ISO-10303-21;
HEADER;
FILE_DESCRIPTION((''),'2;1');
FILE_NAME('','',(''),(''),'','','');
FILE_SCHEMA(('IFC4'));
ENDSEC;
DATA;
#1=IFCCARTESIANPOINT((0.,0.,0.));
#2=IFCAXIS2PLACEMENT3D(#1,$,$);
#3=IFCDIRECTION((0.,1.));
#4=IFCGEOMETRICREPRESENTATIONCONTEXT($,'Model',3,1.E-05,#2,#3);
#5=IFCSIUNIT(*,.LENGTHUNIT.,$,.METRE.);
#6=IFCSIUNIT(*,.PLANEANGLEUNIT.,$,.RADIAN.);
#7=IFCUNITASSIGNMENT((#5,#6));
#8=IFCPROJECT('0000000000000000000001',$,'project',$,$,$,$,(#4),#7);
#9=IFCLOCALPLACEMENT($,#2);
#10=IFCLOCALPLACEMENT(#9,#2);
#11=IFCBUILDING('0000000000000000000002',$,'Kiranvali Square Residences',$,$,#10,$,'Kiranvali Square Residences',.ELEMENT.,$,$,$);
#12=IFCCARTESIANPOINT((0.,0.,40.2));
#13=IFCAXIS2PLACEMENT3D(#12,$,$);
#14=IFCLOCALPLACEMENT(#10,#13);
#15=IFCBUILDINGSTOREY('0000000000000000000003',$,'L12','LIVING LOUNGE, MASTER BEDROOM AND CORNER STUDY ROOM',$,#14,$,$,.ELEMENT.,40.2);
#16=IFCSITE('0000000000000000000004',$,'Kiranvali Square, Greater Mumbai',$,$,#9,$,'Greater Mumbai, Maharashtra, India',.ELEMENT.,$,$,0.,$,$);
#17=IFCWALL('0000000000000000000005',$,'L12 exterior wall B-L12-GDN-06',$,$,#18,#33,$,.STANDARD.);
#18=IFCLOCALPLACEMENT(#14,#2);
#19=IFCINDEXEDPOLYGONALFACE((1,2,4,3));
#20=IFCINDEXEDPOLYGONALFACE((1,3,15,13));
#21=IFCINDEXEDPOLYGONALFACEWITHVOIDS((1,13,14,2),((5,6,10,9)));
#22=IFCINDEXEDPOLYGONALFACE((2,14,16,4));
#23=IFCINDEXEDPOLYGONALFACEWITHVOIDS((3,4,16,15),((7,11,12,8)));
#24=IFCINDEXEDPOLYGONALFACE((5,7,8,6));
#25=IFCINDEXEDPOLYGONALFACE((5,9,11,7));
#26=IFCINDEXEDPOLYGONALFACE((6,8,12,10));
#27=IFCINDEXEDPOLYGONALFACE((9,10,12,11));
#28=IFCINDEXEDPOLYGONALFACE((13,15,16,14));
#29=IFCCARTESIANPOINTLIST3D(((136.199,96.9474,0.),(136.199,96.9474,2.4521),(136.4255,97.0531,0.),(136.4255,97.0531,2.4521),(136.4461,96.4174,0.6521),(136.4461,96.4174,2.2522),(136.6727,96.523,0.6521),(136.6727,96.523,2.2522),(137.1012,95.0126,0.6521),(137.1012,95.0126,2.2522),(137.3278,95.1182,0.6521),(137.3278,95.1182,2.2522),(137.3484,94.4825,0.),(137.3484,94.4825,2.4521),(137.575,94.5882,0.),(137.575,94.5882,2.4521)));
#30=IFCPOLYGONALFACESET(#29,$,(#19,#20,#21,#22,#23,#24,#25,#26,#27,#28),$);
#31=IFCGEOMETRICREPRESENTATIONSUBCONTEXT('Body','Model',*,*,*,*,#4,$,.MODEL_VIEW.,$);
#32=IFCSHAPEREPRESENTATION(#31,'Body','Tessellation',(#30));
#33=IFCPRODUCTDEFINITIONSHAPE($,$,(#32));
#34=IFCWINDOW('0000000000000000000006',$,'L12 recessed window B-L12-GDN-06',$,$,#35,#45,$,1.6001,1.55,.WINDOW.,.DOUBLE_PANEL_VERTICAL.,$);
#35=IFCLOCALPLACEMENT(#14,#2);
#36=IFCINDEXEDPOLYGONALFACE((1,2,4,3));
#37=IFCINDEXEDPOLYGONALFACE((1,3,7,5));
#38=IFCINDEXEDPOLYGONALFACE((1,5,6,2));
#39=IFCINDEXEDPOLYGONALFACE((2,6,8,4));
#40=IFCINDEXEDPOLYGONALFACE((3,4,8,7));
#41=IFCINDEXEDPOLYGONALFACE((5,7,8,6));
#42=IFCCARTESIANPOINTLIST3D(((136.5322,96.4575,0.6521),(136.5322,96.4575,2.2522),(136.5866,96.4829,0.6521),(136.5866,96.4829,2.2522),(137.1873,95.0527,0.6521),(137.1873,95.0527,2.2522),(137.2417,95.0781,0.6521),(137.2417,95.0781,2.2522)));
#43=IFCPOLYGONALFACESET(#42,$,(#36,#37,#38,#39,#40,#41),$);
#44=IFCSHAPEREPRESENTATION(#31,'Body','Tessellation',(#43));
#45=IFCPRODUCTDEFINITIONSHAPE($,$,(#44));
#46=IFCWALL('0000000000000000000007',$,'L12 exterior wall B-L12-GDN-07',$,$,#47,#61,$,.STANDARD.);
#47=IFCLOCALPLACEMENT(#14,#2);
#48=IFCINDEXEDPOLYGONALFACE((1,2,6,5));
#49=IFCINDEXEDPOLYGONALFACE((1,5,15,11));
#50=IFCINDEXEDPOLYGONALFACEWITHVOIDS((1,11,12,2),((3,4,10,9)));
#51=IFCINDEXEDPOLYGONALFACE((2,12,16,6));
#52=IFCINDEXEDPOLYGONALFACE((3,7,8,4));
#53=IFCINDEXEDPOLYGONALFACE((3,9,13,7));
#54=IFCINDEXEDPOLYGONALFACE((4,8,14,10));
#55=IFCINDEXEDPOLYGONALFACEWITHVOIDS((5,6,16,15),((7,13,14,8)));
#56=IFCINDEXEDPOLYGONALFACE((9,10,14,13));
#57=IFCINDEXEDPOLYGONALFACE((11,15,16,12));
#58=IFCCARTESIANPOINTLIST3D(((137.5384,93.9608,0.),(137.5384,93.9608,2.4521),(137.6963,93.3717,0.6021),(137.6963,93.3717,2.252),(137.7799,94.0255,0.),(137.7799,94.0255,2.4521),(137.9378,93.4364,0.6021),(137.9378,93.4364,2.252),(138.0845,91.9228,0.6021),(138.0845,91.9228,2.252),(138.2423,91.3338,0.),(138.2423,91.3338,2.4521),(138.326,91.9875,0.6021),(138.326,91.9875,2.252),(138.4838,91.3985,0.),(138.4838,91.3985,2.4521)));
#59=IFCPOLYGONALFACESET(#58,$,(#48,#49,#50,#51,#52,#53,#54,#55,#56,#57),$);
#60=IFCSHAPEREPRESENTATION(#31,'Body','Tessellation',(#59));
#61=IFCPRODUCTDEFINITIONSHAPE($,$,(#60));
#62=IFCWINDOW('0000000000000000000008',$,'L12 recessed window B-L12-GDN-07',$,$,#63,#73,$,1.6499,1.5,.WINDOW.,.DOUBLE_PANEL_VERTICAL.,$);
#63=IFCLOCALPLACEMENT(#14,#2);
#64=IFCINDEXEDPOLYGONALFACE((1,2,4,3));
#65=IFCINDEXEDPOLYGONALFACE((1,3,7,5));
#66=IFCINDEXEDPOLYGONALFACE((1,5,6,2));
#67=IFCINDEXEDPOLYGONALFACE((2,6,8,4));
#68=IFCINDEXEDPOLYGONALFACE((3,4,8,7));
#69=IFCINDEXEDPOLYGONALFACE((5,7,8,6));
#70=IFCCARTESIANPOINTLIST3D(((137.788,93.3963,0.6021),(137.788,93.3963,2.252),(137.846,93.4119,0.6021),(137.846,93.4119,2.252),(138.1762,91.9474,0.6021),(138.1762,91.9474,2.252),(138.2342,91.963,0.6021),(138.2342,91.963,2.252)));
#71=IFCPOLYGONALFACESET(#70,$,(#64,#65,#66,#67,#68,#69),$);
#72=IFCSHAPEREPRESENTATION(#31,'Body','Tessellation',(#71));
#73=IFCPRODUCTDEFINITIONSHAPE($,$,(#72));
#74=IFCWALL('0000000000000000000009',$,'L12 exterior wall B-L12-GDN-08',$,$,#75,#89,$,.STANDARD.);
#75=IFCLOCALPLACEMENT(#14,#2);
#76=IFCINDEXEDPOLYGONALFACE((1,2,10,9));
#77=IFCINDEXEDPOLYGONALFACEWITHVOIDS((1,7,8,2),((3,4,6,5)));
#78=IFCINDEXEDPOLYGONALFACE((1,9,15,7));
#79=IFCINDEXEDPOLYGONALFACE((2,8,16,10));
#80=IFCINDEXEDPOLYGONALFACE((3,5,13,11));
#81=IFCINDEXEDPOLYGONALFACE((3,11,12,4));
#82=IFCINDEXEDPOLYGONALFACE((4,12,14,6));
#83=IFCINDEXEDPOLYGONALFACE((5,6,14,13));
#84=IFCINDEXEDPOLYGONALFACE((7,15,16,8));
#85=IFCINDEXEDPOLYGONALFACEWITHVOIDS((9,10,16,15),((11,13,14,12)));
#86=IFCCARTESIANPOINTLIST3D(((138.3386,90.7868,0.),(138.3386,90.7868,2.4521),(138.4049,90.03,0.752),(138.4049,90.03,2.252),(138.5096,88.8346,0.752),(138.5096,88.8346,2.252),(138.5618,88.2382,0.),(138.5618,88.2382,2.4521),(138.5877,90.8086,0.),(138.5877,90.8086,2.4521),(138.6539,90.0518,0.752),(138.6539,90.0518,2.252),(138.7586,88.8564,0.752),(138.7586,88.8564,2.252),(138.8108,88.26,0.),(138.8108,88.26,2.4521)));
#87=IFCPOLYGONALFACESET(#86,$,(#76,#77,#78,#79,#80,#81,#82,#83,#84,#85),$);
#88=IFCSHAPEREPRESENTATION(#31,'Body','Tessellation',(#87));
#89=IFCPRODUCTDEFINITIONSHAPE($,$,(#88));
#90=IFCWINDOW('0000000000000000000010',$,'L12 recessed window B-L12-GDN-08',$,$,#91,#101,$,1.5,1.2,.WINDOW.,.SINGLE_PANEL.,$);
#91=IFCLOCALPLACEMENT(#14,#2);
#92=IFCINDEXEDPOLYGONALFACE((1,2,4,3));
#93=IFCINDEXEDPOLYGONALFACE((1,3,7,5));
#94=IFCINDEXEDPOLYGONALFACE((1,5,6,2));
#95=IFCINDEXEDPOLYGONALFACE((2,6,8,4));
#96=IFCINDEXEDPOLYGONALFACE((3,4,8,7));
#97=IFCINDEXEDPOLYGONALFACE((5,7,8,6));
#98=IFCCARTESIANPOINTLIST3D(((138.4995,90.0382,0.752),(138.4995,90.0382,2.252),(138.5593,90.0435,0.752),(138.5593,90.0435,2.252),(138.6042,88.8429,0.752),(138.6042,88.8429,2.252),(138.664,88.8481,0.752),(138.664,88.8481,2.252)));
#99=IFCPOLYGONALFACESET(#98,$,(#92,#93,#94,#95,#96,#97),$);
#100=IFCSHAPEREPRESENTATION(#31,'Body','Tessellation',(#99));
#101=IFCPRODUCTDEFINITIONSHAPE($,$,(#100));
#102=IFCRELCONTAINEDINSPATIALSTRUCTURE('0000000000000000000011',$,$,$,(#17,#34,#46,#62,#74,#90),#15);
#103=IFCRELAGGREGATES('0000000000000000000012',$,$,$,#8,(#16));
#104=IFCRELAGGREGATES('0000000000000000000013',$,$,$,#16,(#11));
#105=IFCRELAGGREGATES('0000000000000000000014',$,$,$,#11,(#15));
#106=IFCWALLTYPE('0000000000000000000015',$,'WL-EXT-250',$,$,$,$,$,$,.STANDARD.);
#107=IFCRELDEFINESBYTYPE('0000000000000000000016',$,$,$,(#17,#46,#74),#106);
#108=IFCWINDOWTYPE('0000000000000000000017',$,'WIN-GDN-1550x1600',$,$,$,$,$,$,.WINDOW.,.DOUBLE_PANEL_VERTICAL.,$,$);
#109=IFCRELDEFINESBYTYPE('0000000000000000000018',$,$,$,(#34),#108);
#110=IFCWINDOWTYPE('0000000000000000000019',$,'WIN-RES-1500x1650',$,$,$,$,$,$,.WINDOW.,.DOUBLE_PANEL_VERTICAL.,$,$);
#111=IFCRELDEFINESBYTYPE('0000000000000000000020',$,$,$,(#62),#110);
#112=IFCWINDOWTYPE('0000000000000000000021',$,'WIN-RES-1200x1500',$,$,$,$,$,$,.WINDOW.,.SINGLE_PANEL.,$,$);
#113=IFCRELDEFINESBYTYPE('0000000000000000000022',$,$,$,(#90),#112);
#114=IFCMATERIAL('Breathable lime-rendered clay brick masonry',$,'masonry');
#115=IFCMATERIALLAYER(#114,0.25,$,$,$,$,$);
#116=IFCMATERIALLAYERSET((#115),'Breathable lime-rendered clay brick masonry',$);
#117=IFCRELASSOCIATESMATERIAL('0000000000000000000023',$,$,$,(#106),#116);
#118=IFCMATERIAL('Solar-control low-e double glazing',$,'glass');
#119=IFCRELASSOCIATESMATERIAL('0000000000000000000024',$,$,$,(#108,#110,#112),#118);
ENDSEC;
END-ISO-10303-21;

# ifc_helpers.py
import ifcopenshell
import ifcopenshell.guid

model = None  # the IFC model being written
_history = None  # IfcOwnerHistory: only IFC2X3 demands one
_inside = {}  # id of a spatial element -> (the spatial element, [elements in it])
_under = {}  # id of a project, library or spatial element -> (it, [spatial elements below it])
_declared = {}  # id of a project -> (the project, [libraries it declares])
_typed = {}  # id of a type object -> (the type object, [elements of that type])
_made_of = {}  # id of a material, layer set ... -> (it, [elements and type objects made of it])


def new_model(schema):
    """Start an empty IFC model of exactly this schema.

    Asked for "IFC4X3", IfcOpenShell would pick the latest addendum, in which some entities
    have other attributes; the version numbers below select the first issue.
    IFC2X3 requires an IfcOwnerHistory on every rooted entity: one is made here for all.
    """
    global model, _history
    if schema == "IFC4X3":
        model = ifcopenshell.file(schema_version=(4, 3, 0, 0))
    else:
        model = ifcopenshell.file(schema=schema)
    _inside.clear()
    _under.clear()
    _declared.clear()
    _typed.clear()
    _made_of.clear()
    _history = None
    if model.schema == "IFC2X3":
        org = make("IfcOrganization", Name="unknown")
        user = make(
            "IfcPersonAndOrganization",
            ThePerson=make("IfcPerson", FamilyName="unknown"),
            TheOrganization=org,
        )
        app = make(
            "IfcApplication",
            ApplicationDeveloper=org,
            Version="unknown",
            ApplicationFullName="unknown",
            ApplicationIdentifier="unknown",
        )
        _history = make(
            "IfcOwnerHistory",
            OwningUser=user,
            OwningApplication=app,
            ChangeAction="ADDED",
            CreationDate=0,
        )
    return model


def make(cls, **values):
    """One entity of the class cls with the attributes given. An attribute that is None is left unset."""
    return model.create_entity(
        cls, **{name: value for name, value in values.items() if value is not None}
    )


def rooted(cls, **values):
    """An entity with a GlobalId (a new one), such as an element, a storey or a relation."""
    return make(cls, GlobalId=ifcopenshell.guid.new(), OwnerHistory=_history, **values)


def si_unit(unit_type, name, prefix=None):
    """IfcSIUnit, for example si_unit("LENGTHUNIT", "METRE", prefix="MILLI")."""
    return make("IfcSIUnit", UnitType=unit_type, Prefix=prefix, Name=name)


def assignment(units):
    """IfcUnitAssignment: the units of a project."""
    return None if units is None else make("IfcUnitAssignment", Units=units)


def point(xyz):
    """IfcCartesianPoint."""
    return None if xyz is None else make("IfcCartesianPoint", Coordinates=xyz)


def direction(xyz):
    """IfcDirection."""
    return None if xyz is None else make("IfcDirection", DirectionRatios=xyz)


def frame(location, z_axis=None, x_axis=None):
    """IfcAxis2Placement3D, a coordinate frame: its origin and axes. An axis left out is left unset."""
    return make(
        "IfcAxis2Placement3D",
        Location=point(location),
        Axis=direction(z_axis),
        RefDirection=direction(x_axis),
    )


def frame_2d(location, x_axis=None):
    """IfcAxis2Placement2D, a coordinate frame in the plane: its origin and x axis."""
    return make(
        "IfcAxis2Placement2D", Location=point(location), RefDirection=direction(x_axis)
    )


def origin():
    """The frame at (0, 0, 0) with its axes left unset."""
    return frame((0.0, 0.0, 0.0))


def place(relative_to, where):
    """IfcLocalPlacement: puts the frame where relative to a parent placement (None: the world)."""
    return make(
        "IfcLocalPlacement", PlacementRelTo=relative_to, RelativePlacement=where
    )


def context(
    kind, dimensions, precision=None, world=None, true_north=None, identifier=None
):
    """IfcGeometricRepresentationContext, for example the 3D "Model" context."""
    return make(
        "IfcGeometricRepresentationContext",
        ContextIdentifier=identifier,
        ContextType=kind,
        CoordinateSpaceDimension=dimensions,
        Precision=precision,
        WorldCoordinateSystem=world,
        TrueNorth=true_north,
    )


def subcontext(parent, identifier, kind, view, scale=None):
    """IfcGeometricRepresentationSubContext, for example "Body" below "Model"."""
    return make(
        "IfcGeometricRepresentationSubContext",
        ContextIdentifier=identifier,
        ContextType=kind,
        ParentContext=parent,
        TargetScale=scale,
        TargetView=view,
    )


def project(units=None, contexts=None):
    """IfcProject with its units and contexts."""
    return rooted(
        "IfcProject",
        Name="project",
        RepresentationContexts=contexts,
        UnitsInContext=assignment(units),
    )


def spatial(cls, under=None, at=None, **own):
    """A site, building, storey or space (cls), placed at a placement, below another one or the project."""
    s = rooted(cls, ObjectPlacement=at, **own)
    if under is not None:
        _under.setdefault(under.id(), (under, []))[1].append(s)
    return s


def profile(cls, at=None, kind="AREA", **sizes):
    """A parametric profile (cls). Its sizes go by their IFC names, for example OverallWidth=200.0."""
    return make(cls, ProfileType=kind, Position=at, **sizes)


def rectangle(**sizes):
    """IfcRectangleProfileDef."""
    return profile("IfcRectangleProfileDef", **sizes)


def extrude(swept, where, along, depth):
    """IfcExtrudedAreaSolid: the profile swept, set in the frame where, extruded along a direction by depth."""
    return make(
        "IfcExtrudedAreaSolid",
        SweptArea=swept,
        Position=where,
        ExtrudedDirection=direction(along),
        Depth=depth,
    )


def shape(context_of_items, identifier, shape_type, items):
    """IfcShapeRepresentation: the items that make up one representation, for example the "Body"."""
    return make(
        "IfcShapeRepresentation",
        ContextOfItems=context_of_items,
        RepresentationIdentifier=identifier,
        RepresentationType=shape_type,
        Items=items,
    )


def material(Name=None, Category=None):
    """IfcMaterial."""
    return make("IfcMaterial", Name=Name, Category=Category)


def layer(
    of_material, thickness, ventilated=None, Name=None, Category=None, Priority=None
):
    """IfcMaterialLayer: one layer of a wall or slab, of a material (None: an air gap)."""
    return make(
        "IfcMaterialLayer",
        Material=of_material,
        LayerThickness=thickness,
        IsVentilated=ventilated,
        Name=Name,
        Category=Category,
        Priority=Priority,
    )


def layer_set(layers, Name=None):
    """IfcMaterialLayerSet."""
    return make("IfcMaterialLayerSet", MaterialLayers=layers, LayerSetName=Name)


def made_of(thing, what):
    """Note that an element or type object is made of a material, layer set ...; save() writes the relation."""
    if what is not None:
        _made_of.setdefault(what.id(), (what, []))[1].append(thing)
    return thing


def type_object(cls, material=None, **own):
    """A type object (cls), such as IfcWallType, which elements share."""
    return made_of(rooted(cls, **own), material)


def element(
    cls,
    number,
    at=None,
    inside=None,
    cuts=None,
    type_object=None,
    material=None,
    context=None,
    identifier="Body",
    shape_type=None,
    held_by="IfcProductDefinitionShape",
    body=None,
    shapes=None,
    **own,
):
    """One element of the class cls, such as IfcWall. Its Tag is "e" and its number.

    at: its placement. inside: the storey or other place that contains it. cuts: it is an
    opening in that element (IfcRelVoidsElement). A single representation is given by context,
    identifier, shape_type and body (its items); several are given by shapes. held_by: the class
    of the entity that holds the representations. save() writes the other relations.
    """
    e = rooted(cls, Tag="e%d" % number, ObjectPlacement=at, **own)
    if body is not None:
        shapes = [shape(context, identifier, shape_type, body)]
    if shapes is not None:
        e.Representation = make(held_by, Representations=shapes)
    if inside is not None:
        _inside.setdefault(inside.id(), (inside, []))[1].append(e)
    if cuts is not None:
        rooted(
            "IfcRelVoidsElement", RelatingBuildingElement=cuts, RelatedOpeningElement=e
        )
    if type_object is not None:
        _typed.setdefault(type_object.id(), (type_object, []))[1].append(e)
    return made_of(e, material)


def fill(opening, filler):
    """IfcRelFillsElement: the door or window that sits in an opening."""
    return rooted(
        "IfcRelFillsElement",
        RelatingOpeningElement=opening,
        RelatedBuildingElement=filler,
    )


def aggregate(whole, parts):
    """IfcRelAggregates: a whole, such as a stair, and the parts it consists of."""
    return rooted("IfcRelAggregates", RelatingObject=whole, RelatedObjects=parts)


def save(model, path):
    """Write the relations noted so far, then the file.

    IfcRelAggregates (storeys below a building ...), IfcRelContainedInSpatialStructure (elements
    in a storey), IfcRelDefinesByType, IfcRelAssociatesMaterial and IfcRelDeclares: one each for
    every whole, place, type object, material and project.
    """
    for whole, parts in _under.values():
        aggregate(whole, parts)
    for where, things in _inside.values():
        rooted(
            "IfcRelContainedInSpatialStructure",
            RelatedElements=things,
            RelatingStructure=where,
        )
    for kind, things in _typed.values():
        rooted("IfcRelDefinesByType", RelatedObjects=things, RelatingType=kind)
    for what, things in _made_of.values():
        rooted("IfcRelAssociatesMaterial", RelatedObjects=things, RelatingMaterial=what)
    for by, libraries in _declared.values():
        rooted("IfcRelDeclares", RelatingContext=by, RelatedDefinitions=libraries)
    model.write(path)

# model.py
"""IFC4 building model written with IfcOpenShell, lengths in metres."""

from ifc_helpers import new_model, si_unit, direction, frame, frame_2d, origin, place, context, subcontext, project, spatial, rectangle, extrude, material, layer, layer_set, type_object, element, fill, save


model = new_model("IFC4")

# Units and contexts
model_context = context("Model", 3, precision=1e-05, world=origin(), true_north=direction((0.0, 1.0)))
body_context = subcontext(model_context, "Body", "Model", "MODEL_VIEW")
ifc_project = project(units=[si_unit("LENGTHUNIT", "METRE"), si_unit("PLANEANGLEUNIT", "RADIAN")], contexts=[model_context])

# Site, building, storey
site_placement = place(None, origin())
site = spatial("IfcSite", under=ifc_project, at=site_placement, Name="Kiranvali Square, Greater Mumbai", LongName="Greater Mumbai, Maharashtra, India", CompositionType="ELEMENT", RefElevation=0.0)
building_placement = place(site_placement, origin())
building = spatial("IfcBuilding", under=site, at=building_placement, Name="Kiranvali Square Residences", LongName="Kiranvali Square Residences", CompositionType="ELEMENT")
storey_placement = place(building_placement, frame((0.0, 0.0, 40.2)))
storey = spatial("IfcBuildingStorey", under=building, at=storey_placement, Name="L12", Description="LIVING LOUNGE, MASTER BEDROOM AND CORNER STUDY ROOM", CompositionType="ELEMENT", Elevation=40.2)

# Shared definitions
ifc_material_1 = material(Name="Breathable lime-rendered clay brick masonry", Category="masonry")
ifc_layer_1 = layer(ifc_material_1, 0.25)
ifc_layer_set_1 = layer_set([ifc_layer_1], Name="Breathable lime-rendered clay brick masonry")
wall_type_1 = type_object("IfcWallType", Name="WL-EXT-250", PredefinedType="STANDARD", material=ifc_layer_set_1)

# Walls, openings, windows
wall_1_placement = place(storey_placement, frame((136.3123, 97.0002, 0.0), z_axis=(0.0, 0.0, 1.0), x_axis=(0.42263, -0.906302, 0.0)))
wall_1 = element("IfcWall", 1, at=wall_1_placement, inside=storey, type_object=wall_type_1, Name="L12 exterior wall B-L12-GDN-06", PredefinedType="STANDARD", context=body_context, shape_type="SweptSolid", body=[
    extrude(rectangle(XDim=2.7197, YDim=0.25, at=frame_2d((1.3599, 0.0))), origin(), (0.0, 0.0, 1.0), 2.4521),
])
opening_1_placement = place(wall_1_placement, frame((0.585, 0.0, 0.6521)))
opening_1 = element("IfcOpeningElement", 2, at=opening_1_placement, cuts=wall_1, PredefinedType="OPENING", context=body_context, shape_type="SweptSolid", body=[
    extrude(rectangle(XDim=1.55, YDim=1.6001, at=frame_2d((0.7749, 0.8))), frame((0.0, 0.135, 0.0), z_axis=(0.0, -1.0, 0.0), x_axis=(1.0, 0.0, 0.0)), (0.0, 0.0, 1.0), 0.27),
])
ifc_material_2 = material(Name="Solar-control low-e double glazing", Category="glass")
window_type_1 = type_object("IfcWindowType", Name="WIN-GDN-1550x1600", PartitioningType="DOUBLE_PANEL_VERTICAL", PredefinedType="WINDOW", material=ifc_material_2)
window_1_placement = place(opening_1_placement, origin())
window_1 = element("IfcWindow", 3, at=window_1_placement, inside=storey, type_object=window_type_1, Name="L12 recessed window B-L12-GDN-06", OverallHeight=1.6001, OverallWidth=1.55, PartitioningType="DOUBLE_PANEL_VERTICAL", PredefinedType="WINDOW", context=body_context, shape_type="SweptSolid", body=[
    extrude(rectangle(XDim=1.55, YDim=1.6001, at=frame_2d((0.7749, 0.8))), frame((0.0, 0.03, 0.0), z_axis=(0.0, -1.0, 0.0), x_axis=(1.0, 0.0, 0.0)), (0.0, 0.0, 1.0), 0.0601),
])
fill(opening_1, window_1)
wall_2_placement = place(storey_placement, frame((137.6592, 93.9932, 0.0), z_axis=(0.0, 0.0, 1.0), x_axis=(0.258808, -0.965929, 0.0)))
wall_2 = element("IfcWall", 4, at=wall_2_placement, inside=storey, type_object=wall_type_1, Name="L12 exterior wall B-L12-GDN-07", PredefinedType="STANDARD", context=body_context, shape_type="SweptSolid", body=[
    extrude(rectangle(XDim=2.7197, YDim=0.25, at=frame_2d((1.3599, 0.0))), origin(), (0.0, 0.0, 1.0), 2.4521),
])
opening_2_placement = place(wall_2_placement, frame((0.6099, 0.0, 0.6021)))
opening_2 = element("IfcOpeningElement", 5, at=opening_2_placement, cuts=wall_2, PredefinedType="OPENING", context=body_context, shape_type="SweptSolid", body=[
    extrude(rectangle(XDim=1.5, YDim=1.6499, at=frame_2d((0.75, 0.825))), frame((0.0, 0.135, 0.0), z_axis=(0.0, -1.0, 0.0), x_axis=(1.0, 0.0, 0.0)), (0.0, 0.0, 1.0), 0.27),
])
window_type_2 = type_object("IfcWindowType", Name="WIN-RES-1500x1650", PartitioningType="DOUBLE_PANEL_VERTICAL", PredefinedType="WINDOW", material=ifc_material_2)
window_2_placement = place(opening_2_placement, origin())
window_2 = element("IfcWindow", 6, at=window_2_placement, inside=storey, type_object=window_type_2, Name="L12 recessed window B-L12-GDN-07", OverallHeight=1.6499, OverallWidth=1.5, PartitioningType="DOUBLE_PANEL_VERTICAL", PredefinedType="WINDOW", context=body_context, shape_type="SweptSolid", body=[
    extrude(rectangle(XDim=1.5, YDim=1.6499, at=frame_2d((0.75, 0.825))), frame((0.0, 0.03, 0.0), z_axis=(0.0, -1.0, 0.0), x_axis=(1.0, 0.0, 0.0)), (0.0, 0.0, 1.0), 0.0601),
])
fill(opening_2, window_2)
wall_3_placement = place(storey_placement, frame((138.4631, 90.7979, 0.0), z_axis=(0.0, 0.0, 1.0), x_axis=(0.087223, -0.996189, 0.0)))
wall_3 = element("IfcWall", 7, at=wall_3_placement, inside=storey, type_object=wall_type_1, Name="L12 exterior wall B-L12-GDN-08", PredefinedType="STANDARD", context=body_context, shape_type="SweptSolid", body=[
    extrude(rectangle(XDim=2.5583, YDim=0.25, at=frame_2d((1.2793, 0.0))), origin(), (0.0, 0.0, 1.0), 2.4521),
])
opening_3_placement = place(wall_3_placement, frame((0.7598, 0.0, 0.752)))
opening_3 = element("IfcOpeningElement", 8, at=opening_3_placement, cuts=wall_3, PredefinedType="OPENING", context=body_context, shape_type="SweptSolid", body=[
    extrude(rectangle(XDim=1.2, YDim=1.5, at=frame_2d((0.6001, 0.75))), frame((0.0, 0.135, 0.0), z_axis=(0.0, -1.0, 0.0), x_axis=(1.0, 0.0, 0.0)), (0.0, 0.0, 1.0), 0.27),
])
window_type_3 = type_object("IfcWindowType", Name="WIN-RES-1200x1500", PartitioningType="SINGLE_PANEL", PredefinedType="WINDOW", material=ifc_material_2)
window_3_placement = place(opening_3_placement, origin())
window_3 = element("IfcWindow", 9, at=window_3_placement, inside=storey, type_object=window_type_3, Name="L12 recessed window B-L12-GDN-08", OverallHeight=1.5, OverallWidth=1.2, PartitioningType="SINGLE_PANEL", PredefinedType="WINDOW", context=body_context, shape_type="SweptSolid", body=[
    extrude(rectangle(XDim=1.2, YDim=1.5, at=frame_2d((0.6001, 0.75))), frame((0.0, 0.03, 0.0), z_axis=(0.0, -1.0, 0.0), x_axis=(1.0, 0.0, 0.0)), (0.0, 0.0, 1.0), 0.0601),
])
fill(opening_3, window_3)

save(model, "model.ifc")
